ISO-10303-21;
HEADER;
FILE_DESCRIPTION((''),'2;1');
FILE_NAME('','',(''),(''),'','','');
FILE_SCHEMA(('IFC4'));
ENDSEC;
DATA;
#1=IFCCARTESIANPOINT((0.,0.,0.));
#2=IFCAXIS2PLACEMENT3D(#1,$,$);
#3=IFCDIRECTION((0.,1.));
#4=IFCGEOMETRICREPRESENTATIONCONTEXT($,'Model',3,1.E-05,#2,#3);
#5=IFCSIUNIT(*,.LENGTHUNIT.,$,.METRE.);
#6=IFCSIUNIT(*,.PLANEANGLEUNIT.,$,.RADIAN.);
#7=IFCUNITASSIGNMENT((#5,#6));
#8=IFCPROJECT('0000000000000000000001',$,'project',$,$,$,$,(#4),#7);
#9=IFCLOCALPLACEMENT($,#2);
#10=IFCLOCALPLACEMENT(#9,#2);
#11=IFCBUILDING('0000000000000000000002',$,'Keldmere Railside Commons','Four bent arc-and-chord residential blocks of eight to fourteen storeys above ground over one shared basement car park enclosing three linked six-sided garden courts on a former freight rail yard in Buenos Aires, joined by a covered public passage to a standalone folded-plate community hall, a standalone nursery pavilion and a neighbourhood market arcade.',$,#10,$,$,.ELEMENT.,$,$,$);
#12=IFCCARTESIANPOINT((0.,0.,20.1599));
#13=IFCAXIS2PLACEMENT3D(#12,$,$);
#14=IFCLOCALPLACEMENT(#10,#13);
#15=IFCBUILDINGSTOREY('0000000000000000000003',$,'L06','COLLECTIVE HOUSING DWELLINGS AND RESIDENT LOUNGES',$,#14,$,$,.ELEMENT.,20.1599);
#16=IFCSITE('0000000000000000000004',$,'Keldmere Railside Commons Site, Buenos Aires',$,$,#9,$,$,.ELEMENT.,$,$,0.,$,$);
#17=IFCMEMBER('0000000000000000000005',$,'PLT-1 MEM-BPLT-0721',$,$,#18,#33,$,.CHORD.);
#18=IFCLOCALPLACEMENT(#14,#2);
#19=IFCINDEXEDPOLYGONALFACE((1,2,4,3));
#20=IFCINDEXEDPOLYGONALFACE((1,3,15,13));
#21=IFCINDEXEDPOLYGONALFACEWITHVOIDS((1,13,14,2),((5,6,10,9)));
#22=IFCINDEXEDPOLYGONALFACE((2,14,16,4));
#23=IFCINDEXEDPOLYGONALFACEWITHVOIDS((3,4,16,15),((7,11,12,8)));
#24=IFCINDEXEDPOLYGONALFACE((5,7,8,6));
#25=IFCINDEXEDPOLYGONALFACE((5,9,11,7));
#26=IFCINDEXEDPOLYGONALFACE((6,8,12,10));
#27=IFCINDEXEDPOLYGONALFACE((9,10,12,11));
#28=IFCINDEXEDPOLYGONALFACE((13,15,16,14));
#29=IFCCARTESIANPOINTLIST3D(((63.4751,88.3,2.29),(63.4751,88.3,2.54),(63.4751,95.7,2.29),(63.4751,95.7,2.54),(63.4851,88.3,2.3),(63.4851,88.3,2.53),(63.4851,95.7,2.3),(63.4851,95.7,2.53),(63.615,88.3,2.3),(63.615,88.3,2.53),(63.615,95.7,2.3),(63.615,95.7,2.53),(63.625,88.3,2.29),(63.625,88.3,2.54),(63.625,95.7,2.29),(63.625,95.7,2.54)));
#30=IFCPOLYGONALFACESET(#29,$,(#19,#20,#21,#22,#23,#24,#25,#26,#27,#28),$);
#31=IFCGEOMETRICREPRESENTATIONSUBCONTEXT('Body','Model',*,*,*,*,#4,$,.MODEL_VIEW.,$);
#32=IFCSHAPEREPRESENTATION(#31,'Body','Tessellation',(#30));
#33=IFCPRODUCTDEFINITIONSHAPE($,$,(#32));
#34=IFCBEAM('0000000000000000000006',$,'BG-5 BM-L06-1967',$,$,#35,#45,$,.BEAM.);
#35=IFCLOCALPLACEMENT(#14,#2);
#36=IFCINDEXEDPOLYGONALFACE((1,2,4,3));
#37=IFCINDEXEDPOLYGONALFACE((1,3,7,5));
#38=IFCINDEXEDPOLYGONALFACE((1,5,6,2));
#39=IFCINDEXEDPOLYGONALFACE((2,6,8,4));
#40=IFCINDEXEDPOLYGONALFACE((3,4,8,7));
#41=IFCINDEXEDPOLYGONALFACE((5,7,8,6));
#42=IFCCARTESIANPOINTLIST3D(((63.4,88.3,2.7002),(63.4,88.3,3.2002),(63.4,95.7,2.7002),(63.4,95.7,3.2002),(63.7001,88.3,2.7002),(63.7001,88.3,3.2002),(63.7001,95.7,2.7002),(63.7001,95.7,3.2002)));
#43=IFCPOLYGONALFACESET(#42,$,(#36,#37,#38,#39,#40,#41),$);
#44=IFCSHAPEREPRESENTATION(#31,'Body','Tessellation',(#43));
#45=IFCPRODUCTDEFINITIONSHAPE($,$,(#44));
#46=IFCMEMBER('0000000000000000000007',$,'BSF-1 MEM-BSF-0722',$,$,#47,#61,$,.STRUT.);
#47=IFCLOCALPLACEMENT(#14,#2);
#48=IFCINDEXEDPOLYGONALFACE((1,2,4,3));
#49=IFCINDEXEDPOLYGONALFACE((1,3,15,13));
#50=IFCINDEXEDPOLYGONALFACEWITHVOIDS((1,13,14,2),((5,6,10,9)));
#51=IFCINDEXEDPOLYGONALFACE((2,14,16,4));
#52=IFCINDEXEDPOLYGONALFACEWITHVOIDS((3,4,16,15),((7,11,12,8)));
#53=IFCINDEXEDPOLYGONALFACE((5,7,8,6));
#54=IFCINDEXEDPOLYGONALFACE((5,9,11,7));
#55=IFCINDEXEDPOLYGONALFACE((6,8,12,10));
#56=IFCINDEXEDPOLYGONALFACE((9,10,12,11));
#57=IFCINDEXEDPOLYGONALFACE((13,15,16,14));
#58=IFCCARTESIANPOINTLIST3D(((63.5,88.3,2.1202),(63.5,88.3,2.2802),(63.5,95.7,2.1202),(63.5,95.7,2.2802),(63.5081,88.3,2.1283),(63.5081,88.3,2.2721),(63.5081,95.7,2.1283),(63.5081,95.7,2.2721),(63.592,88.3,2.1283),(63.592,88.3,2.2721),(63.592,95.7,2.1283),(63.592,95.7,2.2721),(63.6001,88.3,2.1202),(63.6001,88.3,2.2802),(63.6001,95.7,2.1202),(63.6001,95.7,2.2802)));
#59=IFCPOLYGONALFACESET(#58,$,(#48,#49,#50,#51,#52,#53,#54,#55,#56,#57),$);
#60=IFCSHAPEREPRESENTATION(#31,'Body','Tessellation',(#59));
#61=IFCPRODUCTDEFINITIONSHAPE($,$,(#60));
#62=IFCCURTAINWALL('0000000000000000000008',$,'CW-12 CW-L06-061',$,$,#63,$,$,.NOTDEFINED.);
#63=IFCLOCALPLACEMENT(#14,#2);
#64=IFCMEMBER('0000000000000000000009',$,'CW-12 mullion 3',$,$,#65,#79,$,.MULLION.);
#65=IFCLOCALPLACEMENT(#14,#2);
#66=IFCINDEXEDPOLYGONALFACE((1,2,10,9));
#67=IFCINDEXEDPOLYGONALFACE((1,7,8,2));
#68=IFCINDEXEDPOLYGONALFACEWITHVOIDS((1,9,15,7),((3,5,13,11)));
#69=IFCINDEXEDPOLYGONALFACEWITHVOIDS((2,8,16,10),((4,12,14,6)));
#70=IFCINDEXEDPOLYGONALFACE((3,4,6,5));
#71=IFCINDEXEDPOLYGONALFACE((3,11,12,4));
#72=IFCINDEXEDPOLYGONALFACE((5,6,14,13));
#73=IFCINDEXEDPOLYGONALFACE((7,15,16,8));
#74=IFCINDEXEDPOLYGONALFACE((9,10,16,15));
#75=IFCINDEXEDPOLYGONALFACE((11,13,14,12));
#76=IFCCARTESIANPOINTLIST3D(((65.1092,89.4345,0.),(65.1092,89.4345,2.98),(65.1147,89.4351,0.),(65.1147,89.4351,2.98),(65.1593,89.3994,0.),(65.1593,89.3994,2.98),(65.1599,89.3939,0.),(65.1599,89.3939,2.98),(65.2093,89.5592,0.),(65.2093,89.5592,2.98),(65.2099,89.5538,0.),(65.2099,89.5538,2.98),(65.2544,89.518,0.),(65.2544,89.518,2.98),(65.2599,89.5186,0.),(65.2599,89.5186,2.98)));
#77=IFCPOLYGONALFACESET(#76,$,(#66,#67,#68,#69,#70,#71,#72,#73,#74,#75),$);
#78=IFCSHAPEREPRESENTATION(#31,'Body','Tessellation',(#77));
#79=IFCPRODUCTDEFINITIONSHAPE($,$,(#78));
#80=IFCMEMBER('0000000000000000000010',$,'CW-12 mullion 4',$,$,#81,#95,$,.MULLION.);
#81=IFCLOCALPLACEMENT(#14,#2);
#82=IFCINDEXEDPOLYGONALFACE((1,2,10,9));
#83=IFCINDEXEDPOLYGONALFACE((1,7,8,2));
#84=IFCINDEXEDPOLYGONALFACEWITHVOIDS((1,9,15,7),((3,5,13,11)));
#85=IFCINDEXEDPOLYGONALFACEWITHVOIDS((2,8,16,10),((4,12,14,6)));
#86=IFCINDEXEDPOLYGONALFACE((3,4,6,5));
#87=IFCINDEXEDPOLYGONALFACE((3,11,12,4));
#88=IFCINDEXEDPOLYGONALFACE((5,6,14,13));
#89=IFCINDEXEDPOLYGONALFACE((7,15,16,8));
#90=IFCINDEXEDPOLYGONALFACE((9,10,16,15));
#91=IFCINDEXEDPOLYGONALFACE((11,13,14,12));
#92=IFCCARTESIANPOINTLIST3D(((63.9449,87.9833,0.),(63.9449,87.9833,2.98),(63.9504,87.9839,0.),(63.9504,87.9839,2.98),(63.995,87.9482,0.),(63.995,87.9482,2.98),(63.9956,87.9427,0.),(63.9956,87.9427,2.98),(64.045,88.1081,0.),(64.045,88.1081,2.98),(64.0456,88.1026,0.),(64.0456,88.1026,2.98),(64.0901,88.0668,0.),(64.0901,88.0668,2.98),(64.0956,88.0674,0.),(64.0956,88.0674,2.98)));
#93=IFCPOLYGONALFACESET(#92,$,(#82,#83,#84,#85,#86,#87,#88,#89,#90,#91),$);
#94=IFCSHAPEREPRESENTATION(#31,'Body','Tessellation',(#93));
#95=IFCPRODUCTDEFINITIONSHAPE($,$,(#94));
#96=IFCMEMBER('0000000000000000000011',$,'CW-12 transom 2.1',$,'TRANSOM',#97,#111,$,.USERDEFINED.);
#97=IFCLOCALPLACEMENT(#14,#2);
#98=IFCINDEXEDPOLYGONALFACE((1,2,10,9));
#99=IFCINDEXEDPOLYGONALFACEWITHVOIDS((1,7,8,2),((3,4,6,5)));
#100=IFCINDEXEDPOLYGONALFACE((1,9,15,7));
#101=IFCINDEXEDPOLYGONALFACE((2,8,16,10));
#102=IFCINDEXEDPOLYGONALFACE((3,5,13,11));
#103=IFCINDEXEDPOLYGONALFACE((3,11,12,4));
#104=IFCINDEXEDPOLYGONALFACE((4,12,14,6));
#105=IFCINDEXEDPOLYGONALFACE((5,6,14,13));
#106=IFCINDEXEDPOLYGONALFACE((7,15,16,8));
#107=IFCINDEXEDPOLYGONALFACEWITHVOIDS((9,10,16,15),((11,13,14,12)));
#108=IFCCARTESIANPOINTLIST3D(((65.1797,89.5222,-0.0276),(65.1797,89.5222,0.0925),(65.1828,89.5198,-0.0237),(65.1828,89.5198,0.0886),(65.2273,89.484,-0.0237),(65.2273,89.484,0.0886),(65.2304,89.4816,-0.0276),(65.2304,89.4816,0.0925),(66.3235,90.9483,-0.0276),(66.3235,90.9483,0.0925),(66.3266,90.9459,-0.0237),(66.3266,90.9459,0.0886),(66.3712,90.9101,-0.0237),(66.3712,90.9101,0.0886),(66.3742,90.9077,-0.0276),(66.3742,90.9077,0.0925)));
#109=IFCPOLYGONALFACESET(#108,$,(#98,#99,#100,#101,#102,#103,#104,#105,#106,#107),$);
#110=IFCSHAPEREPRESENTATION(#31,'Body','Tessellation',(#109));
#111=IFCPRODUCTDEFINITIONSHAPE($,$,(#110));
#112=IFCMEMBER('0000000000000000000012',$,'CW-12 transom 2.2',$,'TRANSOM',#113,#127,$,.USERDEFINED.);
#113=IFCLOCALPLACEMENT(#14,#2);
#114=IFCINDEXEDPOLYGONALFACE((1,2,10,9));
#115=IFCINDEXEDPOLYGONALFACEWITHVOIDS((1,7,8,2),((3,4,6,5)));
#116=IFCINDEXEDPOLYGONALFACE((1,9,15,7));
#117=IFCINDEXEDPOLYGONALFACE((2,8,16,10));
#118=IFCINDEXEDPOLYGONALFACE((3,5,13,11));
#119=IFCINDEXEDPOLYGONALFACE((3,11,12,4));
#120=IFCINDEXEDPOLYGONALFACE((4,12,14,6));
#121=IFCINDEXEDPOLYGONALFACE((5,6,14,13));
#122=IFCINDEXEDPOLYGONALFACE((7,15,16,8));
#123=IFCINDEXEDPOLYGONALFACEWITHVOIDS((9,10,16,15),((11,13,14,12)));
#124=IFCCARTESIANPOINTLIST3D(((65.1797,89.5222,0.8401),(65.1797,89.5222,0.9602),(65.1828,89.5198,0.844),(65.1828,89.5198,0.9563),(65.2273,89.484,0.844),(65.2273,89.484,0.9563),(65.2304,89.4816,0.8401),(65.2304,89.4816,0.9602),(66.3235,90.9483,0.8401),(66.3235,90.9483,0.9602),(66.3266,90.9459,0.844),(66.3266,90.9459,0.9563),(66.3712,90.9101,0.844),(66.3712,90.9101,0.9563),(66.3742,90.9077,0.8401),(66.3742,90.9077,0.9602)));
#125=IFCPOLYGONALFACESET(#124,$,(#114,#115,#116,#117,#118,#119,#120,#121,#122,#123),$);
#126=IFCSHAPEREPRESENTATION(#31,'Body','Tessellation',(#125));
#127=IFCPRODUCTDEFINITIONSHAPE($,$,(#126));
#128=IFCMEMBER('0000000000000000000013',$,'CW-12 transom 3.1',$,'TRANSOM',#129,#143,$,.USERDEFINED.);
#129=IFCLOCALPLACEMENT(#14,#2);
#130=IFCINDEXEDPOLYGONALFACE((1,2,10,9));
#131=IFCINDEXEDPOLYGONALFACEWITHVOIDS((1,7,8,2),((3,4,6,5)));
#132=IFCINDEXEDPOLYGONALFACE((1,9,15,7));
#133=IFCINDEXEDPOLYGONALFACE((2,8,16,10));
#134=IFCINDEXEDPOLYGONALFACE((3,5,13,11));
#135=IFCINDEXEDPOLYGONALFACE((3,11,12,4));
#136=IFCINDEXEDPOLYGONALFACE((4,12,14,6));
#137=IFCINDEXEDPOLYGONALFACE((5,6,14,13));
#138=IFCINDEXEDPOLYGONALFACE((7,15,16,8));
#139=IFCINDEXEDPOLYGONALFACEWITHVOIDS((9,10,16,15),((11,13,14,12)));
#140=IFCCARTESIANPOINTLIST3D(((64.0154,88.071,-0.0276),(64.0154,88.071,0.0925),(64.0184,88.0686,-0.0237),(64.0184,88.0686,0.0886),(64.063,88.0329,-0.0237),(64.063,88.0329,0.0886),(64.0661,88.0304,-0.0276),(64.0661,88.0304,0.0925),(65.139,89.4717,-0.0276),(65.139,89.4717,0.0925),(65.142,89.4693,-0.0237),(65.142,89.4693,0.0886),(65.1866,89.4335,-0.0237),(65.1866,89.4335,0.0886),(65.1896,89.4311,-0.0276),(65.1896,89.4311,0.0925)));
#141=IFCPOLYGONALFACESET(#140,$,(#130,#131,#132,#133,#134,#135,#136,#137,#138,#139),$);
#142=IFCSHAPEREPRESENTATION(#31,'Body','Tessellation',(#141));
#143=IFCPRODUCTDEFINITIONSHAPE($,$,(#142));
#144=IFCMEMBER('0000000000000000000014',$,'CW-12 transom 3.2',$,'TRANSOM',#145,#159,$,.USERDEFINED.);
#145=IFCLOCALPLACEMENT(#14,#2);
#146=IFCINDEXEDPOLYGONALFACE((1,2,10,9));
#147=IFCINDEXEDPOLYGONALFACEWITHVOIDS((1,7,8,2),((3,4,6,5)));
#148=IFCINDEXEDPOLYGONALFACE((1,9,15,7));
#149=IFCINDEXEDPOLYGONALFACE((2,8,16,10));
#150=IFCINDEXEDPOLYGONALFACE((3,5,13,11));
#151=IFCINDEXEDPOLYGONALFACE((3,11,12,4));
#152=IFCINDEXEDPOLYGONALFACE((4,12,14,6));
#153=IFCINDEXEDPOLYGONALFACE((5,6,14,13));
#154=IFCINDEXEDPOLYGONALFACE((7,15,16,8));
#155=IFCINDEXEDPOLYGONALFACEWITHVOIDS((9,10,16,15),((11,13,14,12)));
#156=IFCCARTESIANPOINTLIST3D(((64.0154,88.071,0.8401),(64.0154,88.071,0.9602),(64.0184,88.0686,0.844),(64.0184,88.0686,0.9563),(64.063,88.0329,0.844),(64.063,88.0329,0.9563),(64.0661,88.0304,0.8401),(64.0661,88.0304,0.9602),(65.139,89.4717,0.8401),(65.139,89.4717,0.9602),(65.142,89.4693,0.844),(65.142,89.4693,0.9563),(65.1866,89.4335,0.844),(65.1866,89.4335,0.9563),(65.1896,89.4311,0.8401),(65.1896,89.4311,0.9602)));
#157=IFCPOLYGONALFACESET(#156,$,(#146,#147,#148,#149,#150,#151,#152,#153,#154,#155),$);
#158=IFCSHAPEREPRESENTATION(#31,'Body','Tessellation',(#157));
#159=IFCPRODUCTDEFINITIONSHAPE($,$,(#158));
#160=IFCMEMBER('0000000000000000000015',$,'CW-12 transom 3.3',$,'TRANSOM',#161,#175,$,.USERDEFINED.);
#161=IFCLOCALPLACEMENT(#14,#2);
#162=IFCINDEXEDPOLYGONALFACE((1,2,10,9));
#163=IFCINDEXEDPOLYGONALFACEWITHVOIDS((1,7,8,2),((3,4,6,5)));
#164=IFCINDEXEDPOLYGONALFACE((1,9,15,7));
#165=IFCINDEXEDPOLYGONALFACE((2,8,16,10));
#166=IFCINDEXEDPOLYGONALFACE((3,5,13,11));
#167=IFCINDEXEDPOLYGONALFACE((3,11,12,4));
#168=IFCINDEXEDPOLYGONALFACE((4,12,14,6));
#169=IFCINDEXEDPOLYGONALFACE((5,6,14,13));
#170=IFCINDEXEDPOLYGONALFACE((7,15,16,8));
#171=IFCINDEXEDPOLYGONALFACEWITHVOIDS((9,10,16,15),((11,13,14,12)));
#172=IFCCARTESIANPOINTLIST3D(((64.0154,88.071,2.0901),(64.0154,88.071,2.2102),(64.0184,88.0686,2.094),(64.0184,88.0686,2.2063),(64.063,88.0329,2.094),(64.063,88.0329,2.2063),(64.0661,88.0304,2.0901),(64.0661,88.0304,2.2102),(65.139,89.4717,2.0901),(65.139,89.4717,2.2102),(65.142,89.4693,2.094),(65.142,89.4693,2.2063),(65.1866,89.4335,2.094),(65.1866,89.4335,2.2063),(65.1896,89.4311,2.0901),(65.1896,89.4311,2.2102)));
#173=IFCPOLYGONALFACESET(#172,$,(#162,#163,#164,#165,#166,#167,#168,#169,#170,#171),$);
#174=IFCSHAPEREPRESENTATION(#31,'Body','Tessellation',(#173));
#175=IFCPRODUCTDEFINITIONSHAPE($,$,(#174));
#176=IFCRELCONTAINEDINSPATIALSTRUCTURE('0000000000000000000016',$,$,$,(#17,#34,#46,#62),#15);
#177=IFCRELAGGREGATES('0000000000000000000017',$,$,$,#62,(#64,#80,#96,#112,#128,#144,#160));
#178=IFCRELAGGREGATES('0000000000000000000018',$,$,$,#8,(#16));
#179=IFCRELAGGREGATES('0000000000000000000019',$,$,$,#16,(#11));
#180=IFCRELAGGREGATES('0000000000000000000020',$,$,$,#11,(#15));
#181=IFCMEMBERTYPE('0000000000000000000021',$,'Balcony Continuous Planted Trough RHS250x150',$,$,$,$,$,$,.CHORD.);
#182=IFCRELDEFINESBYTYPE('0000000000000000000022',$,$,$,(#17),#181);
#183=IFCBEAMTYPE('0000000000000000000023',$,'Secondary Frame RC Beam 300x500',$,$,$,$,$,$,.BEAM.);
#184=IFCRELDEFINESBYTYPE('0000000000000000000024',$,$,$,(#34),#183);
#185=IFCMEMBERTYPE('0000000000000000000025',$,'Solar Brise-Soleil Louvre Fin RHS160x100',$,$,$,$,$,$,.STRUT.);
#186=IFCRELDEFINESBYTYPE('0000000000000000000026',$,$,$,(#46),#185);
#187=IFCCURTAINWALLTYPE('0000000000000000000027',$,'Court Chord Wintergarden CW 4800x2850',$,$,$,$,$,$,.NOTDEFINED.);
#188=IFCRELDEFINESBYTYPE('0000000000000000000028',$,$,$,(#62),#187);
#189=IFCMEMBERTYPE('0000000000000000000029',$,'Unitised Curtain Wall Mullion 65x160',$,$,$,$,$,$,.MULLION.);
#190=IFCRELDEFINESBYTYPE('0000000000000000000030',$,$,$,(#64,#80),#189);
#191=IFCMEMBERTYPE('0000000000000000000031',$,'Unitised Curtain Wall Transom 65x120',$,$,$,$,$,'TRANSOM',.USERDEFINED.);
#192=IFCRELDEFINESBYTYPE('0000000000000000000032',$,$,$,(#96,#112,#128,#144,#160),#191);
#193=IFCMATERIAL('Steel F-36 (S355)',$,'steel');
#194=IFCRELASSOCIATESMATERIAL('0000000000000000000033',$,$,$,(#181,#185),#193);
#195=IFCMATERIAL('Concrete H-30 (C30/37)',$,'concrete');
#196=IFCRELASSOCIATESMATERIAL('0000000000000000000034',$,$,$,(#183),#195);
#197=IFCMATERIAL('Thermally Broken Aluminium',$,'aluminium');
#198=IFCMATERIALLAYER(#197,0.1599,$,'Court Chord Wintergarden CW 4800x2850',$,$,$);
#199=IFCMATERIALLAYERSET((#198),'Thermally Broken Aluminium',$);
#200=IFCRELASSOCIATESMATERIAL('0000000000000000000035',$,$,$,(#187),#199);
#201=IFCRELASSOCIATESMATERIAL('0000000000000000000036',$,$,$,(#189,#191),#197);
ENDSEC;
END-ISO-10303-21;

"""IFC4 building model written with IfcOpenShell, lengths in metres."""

from ifc_helpers import new_model, si_unit, direction, frame, origin, origin_2d, place, context, subcontext, project, spatial, rectangle, hollow_rectangle, extrude, material, layer, layer_set, material_profile, profile_set, type_object, element, aggregate, save


model = new_model("IFC4")

# Units and contexts
model_context = context("Model", 3, precision=1e-05, world=origin(), true_north=direction((0.0, 1.0)))
body_context = subcontext(model_context, "Body", "Model", "MODEL_VIEW")
ifc_project = project(units=[si_unit("LENGTHUNIT", "METRE"), si_unit("PLANEANGLEUNIT", "RADIAN")], contexts=[model_context])

# Site, building, storey
site_placement = place(None, origin())
site = spatial("IfcSite", under=ifc_project, at=site_placement, Name="Keldmere Railside Commons Site, Buenos Aires", CompositionType="ELEMENT", RefElevation=0.0)
building_placement = place(site_placement, origin())
building = spatial("IfcBuilding", under=site, at=building_placement, Name="Keldmere Railside Commons", Description="Four bent arc-and-chord residential blocks of eight to fourteen storeys above ground over one shared basement car park enclosing three linked six-sided garden courts on a former freight rail yard in Buenos Aires, joined by a covered public passage to a standalone folded-plate community hall, a standalone nursery pavilion and a neighbourhood market arcade.", CompositionType="ELEMENT")
storey_placement = place(building_placement, frame((0.0, 0.0, 20.1599)))
storey = spatial("IfcBuildingStorey", under=building, at=storey_placement, Name="L06", Description="COLLECTIVE HOUSING DWELLINGS AND RESIDENT LOUNGES", CompositionType="ELEMENT", Elevation=20.1599)

# Member
ifc_material_1 = material(Name="Steel F-36 (S355)", Category="steel")
ifc_material_profile_1 = material_profile(ifc_material_1, hollow_rectangle(XDim=0.1499, YDim=0.25, WallThickness=0.01, at=origin_2d()), Name="RHS-250x150x10")
ifc_profile_set_1 = profile_set([ifc_material_profile_1], Name="Steel F-36 (S355)")
member_type_1 = type_object("IfcMemberType", Name="Balcony Continuous Planted Trough RHS250x150", PredefinedType="CHORD", material=ifc_profile_set_1)
member_1_placement = place(storey_placement, frame((63.55, 88.3, 2.415), z_axis=(0.0, 1.0, 0.0), x_axis=(-1.0, 0.0, 0.0)))
element("IfcMember", 1, at=member_1_placement, inside=storey, type_object=member_type_1, Name="PLT-1 MEM-BPLT-0721", PredefinedType="CHORD", context=body_context, shape_type="SweptSolid", body=[
    extrude(hollow_rectangle(XDim=0.1499, YDim=0.25, WallThickness=0.01, at=origin_2d()), origin(), (0.0, 0.0, 1.0), 7.3999),
])

# Beam
ifc_material_2 = material(Name="Concrete H-30 (C30/37)", Category="concrete")
ifc_material_profile_2 = material_profile(ifc_material_2, rectangle(XDim=0.3, YDim=0.5, at=origin_2d()), Name="RC-300x500")
ifc_profile_set_2 = profile_set([ifc_material_profile_2], Name="Concrete H-30 (C30/37)")
beam_type = type_object("IfcBeamType", Name="Secondary Frame RC Beam 300x500", PredefinedType="BEAM", material=ifc_profile_set_2)
beam_placement = place(storey_placement, frame((63.55, 88.3, 2.9502), z_axis=(0.0, 1.0, 0.0), x_axis=(-1.0, 0.0, 0.0)))
element("IfcBeam", 2, at=beam_placement, inside=storey, type_object=beam_type, Name="BG-5 BM-L06-1967", PredefinedType="BEAM", context=body_context, shape_type="SweptSolid", body=[
    extrude(rectangle(XDim=0.3, YDim=0.5, at=origin_2d()), origin(), (0.0, 0.0, 1.0), 7.3999),
])

# Member
ifc_material_profile_3 = material_profile(ifc_material_1, hollow_rectangle(XDim=0.1001, YDim=0.1599, WallThickness=0.0081, at=origin_2d()), Name="RHS-160x100x8")
ifc_profile_set_3 = profile_set([ifc_material_profile_3], Name="Steel F-36 (S355)")
member_type_2 = type_object("IfcMemberType", Name="Solar Brise-Soleil Louvre Fin RHS160x100", PredefinedType="STRUT", material=ifc_profile_set_3)
member_2_placement = place(storey_placement, frame((63.55, 88.3, 2.2002), z_axis=(0.0, 1.0, 0.0), x_axis=(-1.0, 0.0, 0.0)))
element("IfcMember", 3, at=member_2_placement, inside=storey, type_object=member_type_2, Name="BSF-1 MEM-BSF-0722", PredefinedType="STRUT", context=body_context, shape_type="SweptSolid", body=[
    extrude(hollow_rectangle(XDim=0.1001, YDim=0.1599, WallThickness=0.0081, at=origin_2d()), origin(), (0.0, 0.0, 1.0), 7.3999),
])

# Curtain wall, members
ifc_material_3 = material(Name="Thermally Broken Aluminium", Category="aluminium")
ifc_layer_1 = layer(ifc_material_3, 0.1599, Name="Court Chord Wintergarden CW 4800x2850")
ifc_layer_set_1 = layer_set([ifc_layer_1], Name="Thermally Broken Aluminium")
curtain_wall_type = type_object("IfcCurtainWallType", Name="Court Chord Wintergarden CW 4800x2850", PredefinedType="NOTDEFINED", material=ifc_layer_set_1)
curtain_wall_placement = place(storey_placement, origin())
curtain_wall = element("IfcCurtainWall", 4, at=curtain_wall_placement, inside=storey, type_object=curtain_wall_type, Name="CW-12 CW-L06-061", PredefinedType="NOTDEFINED")
ifc_material_profile_4 = material_profile(ifc_material_3, hollow_rectangle(XDim=0.0649, YDim=0.1599, WallThickness=0.0039, at=origin_2d()), Name="ALU-MULL-65x160")
ifc_profile_set_4 = profile_set([ifc_material_profile_4], Name="Thermally Broken Aluminium")
member_type_3 = type_object("IfcMemberType", Name="Unitised Curtain Wall Mullion 65x160", PredefinedType="MULLION", material=ifc_profile_set_4)
member_3_placement = place(storey_placement, frame((65.1846, 89.4766, 0.0), z_axis=(0.0, 0.0, 1.0), x_axis=(0.780009, -0.625768, 0.0)))
member_3 = element("IfcMember", 5, at=member_3_placement, type_object=member_type_3, Name="CW-12 mullion 3", PredefinedType="MULLION", context=body_context, shape_type="SweptSolid", body=[
    extrude(hollow_rectangle(XDim=0.0649, YDim=0.1599, WallThickness=0.0039, at=origin_2d()), origin(), (0.0, 0.0, 1.0), 2.98),
])
member_4_placement = place(storey_placement, frame((64.0203, 88.0254, 0.0), z_axis=(0.0, 0.0, 1.0), x_axis=(0.780009, -0.625768, 0.0)))
member_4 = element("IfcMember", 6, at=member_4_placement, type_object=member_type_3, Name="CW-12 mullion 4", PredefinedType="MULLION", context=body_context, shape_type="SweptSolid", body=[
    extrude(hollow_rectangle(XDim=0.0649, YDim=0.1599, WallThickness=0.0039, at=origin_2d()), origin(), (0.0, 0.0, 1.0), 2.98),
])
ifc_material_profile_5 = material_profile(ifc_material_3, hollow_rectangle(XDim=0.0649, YDim=0.1201, WallThickness=0.0039, at=origin_2d()), Name="ALU-TRAN-65x120")
ifc_profile_set_5 = profile_set([ifc_material_profile_5], Name="Thermally Broken Aluminium")
member_type_4 = type_object("IfcMemberType", Name="Unitised Curtain Wall Transom 65x120", ElementType="TRANSOM", PredefinedType="USERDEFINED", material=ifc_profile_set_5)
member_5_placement = place(storey_placement, frame((66.3489, 90.928, 0.0325), z_axis=(-0.625688, -0.780073, 0.0), x_axis=(0.780073, -0.625688, 0.0)))
member_5 = element("IfcMember", 7, at=member_5_placement, type_object=member_type_4, Name="CW-12 transom 2.1", ObjectType="TRANSOM", PredefinedType="USERDEFINED", context=body_context, shape_type="SweptSolid", body=[
    extrude(hollow_rectangle(XDim=0.0649, YDim=0.1201, WallThickness=0.0039, at=origin_2d()), origin(), (0.0, 0.0, 1.0), 1.8281),
])
member_6_placement = place(storey_placement, frame((66.3489, 90.928, 0.9001), z_axis=(-0.625688, -0.780073, 0.0), x_axis=(0.780073, -0.625688, 0.0)))
member_6 = element("IfcMember", 8, at=member_6_placement, type_object=member_type_4, Name="CW-12 transom 2.2", ObjectType="TRANSOM", PredefinedType="USERDEFINED", context=body_context, shape_type="SweptSolid", body=[
    extrude(hollow_rectangle(XDim=0.0649, YDim=0.1201, WallThickness=0.0039, at=origin_2d()), origin(), (0.0, 0.0, 1.0), 1.8281),
])
member_7_placement = place(storey_placement, frame((65.1643, 89.4514, 0.0325), z_axis=(-0.625723, -0.780046, 0.0), x_axis=(0.780046, -0.625723, 0.0)))
member_7 = element("IfcMember", 9, at=member_7_placement, type_object=member_type_4, Name="CW-12 transom 3.1", ObjectType="TRANSOM", PredefinedType="USERDEFINED", context=body_context, shape_type="SweptSolid", body=[
    extrude(hollow_rectangle(XDim=0.0649, YDim=0.1201, WallThickness=0.0039, at=origin_2d()), origin(), (0.0, 0.0, 1.0), 1.7957),
])
member_8_placement = place(storey_placement, frame((65.1643, 89.4514, 0.9001), z_axis=(-0.625723, -0.780046, 0.0), x_axis=(0.780046, -0.625723, 0.0)))
member_8 = element("IfcMember", 10, at=member_8_placement, type_object=member_type_4, Name="CW-12 transom 3.2", ObjectType="TRANSOM", PredefinedType="USERDEFINED", context=body_context, shape_type="SweptSolid", body=[
    extrude(hollow_rectangle(XDim=0.0649, YDim=0.1201, WallThickness=0.0039, at=origin_2d()), origin(), (0.0, 0.0, 1.0), 1.7957),
])
member_9_placement = place(storey_placement, frame((65.1643, 89.4514, 2.1501), z_axis=(-0.625723, -0.780046, 0.0), x_axis=(0.780046, -0.625723, 0.0)))
member_9 = element("IfcMember", 11, at=member_9_placement, type_object=member_type_4, Name="CW-12 transom 3.3", ObjectType="TRANSOM", PredefinedType="USERDEFINED", context=body_context, shape_type="SweptSolid", body=[
    extrude(hollow_rectangle(XDim=0.0649, YDim=0.1201, WallThickness=0.0039, at=origin_2d()), origin(), (0.0, 0.0, 1.0), 1.7957),
])
aggregate(curtain_wall, [member_3, member_4, member_5, member_6, member_7, member_8, member_9])

save(model, "model.ifc")
